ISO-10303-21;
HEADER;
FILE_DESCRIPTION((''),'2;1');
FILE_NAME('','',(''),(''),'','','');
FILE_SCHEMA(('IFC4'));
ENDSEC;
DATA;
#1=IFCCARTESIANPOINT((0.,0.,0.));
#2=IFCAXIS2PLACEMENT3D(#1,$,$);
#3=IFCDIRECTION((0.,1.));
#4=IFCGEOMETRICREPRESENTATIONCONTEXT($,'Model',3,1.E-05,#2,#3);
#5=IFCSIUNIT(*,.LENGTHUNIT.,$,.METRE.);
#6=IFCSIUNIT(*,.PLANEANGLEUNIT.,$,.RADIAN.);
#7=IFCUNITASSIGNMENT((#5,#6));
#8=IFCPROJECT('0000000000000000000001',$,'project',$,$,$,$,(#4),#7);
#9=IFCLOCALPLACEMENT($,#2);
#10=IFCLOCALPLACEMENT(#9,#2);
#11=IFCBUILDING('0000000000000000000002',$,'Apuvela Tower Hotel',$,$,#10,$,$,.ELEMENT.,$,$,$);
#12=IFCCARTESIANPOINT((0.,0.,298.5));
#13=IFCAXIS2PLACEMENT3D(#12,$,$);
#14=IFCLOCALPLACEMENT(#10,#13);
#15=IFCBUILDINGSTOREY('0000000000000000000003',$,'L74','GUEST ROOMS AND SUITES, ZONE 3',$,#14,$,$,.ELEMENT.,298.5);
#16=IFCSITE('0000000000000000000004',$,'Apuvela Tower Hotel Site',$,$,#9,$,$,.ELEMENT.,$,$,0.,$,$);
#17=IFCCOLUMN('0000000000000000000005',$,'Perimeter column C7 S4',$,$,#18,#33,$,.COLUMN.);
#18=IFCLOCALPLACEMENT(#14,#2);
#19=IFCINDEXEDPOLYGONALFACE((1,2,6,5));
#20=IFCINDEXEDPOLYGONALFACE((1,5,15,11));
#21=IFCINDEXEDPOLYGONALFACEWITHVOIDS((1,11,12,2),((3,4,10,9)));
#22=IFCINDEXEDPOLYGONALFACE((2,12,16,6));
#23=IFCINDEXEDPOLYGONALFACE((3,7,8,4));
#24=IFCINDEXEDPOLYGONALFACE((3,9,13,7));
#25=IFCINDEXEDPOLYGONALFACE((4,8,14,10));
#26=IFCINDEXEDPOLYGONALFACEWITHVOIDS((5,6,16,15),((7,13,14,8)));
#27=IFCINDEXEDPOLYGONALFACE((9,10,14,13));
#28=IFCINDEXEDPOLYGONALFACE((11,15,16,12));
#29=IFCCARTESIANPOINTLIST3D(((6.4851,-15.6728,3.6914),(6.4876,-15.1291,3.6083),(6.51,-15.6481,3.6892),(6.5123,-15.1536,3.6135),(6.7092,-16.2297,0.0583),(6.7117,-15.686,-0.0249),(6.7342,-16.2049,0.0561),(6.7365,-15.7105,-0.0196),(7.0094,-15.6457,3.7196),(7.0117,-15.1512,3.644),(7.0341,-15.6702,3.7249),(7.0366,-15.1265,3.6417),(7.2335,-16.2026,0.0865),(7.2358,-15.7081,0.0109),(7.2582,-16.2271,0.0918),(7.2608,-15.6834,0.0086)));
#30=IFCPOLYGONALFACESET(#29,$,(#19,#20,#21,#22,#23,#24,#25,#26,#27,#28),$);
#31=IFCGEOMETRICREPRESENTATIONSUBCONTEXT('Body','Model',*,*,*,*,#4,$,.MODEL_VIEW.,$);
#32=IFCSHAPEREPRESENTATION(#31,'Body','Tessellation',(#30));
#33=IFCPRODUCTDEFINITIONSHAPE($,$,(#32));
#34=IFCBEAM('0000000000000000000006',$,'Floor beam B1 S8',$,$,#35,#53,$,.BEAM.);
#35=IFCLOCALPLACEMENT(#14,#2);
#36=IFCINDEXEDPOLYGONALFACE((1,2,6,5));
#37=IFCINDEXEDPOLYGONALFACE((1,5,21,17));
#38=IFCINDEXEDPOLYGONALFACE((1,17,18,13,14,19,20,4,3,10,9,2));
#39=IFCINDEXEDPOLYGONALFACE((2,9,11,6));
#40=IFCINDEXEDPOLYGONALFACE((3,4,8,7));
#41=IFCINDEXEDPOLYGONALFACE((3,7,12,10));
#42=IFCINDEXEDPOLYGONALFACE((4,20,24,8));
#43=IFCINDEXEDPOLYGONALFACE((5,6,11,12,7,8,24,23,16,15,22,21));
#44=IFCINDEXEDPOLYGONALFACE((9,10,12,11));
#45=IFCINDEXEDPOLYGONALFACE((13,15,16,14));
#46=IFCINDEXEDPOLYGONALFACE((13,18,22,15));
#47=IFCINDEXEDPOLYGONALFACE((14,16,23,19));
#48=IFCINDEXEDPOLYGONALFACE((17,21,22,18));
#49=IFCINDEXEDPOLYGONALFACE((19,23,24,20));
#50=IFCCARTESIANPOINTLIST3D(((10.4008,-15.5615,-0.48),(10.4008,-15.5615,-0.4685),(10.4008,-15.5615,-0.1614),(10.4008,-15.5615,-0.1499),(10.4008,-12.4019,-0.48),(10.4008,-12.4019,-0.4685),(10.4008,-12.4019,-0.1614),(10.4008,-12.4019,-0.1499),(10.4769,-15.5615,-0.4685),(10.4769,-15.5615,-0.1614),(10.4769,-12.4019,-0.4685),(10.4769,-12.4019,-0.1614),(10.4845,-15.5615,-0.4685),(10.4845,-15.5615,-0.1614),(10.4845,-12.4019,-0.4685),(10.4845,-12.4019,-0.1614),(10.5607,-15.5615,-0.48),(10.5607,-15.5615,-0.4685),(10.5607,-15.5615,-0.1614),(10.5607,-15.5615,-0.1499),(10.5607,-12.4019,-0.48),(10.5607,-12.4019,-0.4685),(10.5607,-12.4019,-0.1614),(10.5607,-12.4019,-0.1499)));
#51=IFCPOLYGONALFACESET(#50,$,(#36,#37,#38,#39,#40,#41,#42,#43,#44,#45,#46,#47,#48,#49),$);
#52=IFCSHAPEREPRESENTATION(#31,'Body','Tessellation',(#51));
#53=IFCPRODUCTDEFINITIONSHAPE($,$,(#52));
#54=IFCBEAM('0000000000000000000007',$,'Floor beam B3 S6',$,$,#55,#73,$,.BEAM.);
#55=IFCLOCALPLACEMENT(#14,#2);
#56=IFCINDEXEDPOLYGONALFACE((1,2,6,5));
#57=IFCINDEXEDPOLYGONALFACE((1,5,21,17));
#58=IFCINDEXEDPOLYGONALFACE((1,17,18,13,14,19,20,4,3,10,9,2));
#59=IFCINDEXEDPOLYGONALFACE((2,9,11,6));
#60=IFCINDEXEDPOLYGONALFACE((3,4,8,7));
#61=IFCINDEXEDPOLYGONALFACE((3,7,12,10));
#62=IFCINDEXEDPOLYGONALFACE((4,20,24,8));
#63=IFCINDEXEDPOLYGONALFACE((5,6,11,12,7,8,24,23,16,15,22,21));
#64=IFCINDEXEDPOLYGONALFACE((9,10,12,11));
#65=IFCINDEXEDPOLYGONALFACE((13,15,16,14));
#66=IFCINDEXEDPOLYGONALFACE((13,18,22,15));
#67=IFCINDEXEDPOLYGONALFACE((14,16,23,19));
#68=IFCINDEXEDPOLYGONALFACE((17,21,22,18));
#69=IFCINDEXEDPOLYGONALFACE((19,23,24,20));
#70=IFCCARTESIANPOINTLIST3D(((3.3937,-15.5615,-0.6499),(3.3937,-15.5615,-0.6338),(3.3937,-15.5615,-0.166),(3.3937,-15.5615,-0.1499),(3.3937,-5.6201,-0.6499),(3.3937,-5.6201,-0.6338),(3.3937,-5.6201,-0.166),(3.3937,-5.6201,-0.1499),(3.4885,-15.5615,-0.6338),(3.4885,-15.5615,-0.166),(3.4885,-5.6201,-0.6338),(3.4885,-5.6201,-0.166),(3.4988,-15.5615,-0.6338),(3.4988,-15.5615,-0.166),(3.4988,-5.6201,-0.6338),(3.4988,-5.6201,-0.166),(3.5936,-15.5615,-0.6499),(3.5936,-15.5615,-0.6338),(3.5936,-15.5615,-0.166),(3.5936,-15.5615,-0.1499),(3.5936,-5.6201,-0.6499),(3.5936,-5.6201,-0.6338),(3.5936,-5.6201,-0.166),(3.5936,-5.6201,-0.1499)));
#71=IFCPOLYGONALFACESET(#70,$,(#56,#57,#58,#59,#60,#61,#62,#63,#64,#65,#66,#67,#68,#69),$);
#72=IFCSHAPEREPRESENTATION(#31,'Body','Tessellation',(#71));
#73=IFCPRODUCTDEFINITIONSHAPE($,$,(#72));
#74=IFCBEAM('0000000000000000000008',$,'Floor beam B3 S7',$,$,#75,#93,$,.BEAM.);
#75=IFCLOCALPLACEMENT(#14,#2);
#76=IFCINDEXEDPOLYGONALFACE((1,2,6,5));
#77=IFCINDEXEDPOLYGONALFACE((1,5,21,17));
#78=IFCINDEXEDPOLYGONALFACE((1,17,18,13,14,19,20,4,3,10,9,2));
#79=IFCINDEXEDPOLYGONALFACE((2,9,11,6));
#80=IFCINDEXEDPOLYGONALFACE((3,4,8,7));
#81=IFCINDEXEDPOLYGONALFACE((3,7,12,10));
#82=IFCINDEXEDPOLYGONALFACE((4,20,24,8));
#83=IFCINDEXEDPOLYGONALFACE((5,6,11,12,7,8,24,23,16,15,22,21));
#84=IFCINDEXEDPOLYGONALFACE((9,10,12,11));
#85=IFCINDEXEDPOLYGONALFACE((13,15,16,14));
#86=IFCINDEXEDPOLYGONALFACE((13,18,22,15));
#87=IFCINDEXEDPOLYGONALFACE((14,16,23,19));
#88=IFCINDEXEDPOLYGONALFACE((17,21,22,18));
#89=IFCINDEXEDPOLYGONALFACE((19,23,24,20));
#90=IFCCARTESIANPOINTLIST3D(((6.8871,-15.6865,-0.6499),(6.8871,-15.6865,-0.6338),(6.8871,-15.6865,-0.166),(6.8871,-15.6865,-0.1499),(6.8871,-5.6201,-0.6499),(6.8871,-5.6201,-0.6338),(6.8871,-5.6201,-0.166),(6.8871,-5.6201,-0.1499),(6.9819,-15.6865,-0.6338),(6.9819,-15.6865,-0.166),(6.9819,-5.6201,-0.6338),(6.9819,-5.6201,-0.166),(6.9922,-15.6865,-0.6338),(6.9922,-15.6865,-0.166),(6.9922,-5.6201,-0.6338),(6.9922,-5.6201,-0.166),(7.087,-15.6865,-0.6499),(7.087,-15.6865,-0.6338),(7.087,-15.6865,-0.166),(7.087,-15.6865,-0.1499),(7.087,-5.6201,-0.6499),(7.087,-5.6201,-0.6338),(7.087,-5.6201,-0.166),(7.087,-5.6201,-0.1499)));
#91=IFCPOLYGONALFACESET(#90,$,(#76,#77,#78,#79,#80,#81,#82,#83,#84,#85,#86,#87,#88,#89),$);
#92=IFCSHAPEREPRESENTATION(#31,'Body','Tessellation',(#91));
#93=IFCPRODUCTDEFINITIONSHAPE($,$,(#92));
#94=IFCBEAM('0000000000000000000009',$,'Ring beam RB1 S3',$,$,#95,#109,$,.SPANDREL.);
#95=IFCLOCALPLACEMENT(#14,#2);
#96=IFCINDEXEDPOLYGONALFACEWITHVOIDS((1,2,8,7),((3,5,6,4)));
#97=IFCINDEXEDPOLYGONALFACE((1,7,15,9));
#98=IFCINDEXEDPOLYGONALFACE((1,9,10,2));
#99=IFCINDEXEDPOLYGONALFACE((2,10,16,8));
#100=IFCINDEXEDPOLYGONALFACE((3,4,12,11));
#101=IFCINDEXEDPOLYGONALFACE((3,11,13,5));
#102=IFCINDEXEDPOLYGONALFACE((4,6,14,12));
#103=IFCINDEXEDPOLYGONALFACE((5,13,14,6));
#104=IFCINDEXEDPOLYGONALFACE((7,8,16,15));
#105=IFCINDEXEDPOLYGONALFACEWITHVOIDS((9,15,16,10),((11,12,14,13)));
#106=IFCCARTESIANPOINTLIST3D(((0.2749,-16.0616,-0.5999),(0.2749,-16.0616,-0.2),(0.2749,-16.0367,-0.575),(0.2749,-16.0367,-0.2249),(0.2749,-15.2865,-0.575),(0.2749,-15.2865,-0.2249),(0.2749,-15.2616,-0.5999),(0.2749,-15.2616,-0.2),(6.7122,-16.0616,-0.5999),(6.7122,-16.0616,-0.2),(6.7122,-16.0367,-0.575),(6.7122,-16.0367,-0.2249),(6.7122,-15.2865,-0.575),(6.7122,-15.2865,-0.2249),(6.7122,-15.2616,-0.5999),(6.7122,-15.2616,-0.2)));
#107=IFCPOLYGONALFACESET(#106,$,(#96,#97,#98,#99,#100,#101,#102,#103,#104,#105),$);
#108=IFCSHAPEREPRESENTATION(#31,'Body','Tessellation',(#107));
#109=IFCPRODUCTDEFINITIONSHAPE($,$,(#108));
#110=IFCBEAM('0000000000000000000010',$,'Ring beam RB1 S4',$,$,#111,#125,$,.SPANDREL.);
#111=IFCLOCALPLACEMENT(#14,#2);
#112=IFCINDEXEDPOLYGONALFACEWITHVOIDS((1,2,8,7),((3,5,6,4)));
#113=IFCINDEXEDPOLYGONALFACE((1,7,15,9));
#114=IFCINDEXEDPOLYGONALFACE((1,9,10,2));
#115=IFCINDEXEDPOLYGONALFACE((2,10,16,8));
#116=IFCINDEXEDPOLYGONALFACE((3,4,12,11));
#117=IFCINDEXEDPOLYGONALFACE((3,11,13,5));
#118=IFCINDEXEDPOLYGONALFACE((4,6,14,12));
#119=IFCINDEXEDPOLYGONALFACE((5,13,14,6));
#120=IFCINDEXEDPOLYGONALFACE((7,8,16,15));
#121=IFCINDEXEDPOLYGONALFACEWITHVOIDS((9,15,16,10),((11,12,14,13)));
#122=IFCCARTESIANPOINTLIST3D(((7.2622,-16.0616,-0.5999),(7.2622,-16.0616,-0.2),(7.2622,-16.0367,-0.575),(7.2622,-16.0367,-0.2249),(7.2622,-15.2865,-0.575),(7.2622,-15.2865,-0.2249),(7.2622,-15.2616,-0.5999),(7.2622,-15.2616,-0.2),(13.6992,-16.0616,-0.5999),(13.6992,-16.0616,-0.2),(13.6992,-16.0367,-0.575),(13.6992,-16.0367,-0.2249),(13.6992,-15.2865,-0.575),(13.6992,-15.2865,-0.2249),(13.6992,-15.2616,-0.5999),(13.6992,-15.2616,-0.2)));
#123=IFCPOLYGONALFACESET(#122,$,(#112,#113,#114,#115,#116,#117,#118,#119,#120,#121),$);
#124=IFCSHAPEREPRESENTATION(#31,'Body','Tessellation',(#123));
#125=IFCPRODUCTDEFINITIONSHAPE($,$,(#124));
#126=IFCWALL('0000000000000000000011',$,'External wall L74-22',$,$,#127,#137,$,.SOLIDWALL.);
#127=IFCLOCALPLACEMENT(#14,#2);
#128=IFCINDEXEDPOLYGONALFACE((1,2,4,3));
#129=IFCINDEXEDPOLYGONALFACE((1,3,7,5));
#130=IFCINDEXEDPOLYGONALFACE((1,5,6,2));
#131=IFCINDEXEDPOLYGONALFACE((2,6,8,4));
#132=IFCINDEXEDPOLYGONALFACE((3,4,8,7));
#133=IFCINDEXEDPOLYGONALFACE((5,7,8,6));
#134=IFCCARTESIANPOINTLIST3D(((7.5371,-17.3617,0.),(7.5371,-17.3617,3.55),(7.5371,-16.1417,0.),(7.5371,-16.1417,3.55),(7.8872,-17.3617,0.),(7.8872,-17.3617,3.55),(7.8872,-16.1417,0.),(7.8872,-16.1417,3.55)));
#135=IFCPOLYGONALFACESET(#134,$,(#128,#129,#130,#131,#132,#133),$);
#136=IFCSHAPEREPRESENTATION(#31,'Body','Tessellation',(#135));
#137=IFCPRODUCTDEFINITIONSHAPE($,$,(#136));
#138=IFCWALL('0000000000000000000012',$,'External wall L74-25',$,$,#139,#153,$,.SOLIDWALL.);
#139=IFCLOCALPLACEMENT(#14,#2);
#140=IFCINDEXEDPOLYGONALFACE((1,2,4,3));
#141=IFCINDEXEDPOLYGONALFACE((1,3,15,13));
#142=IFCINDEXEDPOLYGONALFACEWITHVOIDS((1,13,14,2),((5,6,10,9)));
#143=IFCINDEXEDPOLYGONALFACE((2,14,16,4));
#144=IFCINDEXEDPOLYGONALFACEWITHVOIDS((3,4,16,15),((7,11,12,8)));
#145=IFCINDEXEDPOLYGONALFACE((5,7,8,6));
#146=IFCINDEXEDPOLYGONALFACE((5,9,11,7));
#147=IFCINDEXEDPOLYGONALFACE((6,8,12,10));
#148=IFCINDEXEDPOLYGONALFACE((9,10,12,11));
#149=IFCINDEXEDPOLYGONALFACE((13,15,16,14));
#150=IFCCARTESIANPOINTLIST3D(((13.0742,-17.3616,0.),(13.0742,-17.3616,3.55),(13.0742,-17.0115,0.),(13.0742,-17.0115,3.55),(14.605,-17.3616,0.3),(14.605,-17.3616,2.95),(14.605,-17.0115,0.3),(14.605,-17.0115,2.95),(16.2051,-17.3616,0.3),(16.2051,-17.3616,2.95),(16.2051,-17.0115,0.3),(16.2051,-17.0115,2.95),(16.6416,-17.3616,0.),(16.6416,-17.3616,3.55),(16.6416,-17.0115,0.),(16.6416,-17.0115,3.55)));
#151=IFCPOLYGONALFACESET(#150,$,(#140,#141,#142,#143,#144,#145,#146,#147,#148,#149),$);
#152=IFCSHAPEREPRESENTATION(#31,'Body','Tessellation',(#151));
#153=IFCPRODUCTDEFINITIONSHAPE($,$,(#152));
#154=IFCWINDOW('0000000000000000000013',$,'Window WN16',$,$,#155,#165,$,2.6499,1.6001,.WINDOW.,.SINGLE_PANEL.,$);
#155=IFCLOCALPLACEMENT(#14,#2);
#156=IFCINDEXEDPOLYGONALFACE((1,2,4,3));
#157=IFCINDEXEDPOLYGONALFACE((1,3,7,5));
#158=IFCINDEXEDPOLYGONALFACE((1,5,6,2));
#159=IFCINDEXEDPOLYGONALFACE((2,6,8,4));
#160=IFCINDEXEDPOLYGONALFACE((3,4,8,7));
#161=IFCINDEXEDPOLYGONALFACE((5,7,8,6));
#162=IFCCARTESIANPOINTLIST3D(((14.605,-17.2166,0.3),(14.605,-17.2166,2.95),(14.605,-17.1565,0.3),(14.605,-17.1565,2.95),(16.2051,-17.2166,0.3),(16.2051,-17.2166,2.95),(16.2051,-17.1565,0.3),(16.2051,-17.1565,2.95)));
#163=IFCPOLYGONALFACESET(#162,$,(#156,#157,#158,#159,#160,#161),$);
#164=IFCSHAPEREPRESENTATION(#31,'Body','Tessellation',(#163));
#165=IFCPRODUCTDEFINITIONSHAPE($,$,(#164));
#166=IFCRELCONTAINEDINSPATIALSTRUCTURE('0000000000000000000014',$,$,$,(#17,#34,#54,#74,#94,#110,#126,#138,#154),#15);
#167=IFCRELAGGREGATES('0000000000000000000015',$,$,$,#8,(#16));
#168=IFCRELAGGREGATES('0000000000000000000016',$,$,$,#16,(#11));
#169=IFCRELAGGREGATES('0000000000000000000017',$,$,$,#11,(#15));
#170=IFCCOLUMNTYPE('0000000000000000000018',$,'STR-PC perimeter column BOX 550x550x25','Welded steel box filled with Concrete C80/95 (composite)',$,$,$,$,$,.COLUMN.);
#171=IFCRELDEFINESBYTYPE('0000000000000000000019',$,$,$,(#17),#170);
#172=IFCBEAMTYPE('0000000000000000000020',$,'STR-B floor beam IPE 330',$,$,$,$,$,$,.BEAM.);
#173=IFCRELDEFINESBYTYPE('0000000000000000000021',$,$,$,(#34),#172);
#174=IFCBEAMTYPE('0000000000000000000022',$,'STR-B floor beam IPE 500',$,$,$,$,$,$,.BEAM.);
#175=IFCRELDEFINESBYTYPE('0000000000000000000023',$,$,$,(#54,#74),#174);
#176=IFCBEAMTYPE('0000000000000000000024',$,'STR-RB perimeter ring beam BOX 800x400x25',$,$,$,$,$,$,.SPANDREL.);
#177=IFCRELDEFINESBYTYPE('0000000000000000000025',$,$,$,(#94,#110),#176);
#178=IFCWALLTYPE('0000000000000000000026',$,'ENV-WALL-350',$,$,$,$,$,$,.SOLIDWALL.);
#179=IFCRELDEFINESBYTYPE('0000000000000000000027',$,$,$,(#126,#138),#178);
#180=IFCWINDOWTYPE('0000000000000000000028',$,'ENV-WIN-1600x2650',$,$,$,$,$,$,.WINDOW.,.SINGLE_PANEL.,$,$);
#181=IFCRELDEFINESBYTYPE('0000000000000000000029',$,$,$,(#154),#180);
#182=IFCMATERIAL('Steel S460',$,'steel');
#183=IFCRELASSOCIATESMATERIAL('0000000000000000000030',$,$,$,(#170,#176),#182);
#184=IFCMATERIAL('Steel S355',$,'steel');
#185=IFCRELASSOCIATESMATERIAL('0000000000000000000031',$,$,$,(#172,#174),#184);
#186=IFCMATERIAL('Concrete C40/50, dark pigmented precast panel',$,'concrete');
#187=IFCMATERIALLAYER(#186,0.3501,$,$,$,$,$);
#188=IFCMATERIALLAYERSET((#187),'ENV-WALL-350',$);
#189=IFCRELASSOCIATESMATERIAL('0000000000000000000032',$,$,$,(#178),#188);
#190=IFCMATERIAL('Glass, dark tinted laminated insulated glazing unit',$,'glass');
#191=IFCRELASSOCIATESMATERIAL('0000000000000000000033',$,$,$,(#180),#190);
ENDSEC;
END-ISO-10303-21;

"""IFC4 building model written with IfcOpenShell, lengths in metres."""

from ifc_helpers import new_model, si_unit, direction, frame, frame_2d, origin, origin_2d, place, context, subcontext, project, spatial, rectangle, hollow_rectangle, i_section, extrude, boolean, halfspace, material, layer, layer_set, material_profile, profile_set, type_object, element, fill, save


model = new_model("IFC4")

# Units and contexts
model_context = context("Model", 3, precision=1e-05, world=origin(), true_north=direction((0.0, 1.0)))
body_context = subcontext(model_context, "Body", "Model", "MODEL_VIEW")
ifc_project = project(units=[si_unit("LENGTHUNIT", "METRE"), si_unit("PLANEANGLEUNIT", "RADIAN")], contexts=[model_context])

# Site, building, storey
site_placement = place(None, origin())
site = spatial("IfcSite", under=ifc_project, at=site_placement, Name="Apuvela Tower Hotel Site", CompositionType="ELEMENT", RefElevation=0.0)
building_placement = place(site_placement, origin())
building = spatial("IfcBuilding", under=site, at=building_placement, Name="Apuvela Tower Hotel", CompositionType="ELEMENT")
storey_placement = place(building_placement, frame((0.0, 0.0, 298.5)))
storey = spatial("IfcBuildingStorey", under=building, at=storey_placement, Name="L74", Description="GUEST ROOMS AND SUITES, ZONE 3", CompositionType="ELEMENT", Elevation=298.5)

# Column
ifc_material_1 = material(Name="Steel S460", Category="steel")
ifc_material_profile_1 = material_profile(ifc_material_1, hollow_rectangle(XDim=0.55, YDim=0.55, WallThickness=0.0249, at=origin_2d()), Name="BOX 550x550x25")
ifc_material_2 = material(Name="Concrete C80/95", Category="concrete")
ifc_material_profile_2 = material_profile(ifc_material_2, rectangle(XDim=0.5, YDim=0.5, at=origin_2d()), Name="Concrete C80/95 infill")
ifc_profile_set_1 = profile_set([ifc_material_profile_1, ifc_material_profile_2], Name="Steel S460")
column_type = type_object("IfcColumnType", Name="STR-PC perimeter column BOX 550x550x25", Description="Welded steel box filled with Concrete C80/95 (composite)", PredefinedType="COLUMN", material=ifc_profile_set_1)
column_placement = place(storey_placement, frame((6.9871, -15.9617, 0.0), z_axis=(-0.06087, 0.151232, 0.986622), x_axis=(0.998135, 0.004662, 0.060866)))
element("IfcColumn", 1, at=column_placement, inside=storey, type_object=column_type, Name="Perimeter column C7 S4", PredefinedType="COLUMN", context=body_context, shape_type="SweptSolid", body=[
    boolean("DIFFERENCE", boolean("DIFFERENCE", extrude(hollow_rectangle(XDim=0.55, YDim=0.55, WallThickness=0.0249, at=origin_2d()), origin(), (0.0, 0.0, 1.0), 3.75), halfspace(frame((0.0, 0.0, 0.0339), z_axis=(0.0, 0.0, 1.0), x_axis=(1.0, 0.0, 0.0)), True)), halfspace(frame((0.0, 0.0, 3.7163), z_axis=(0.0, 0.0, 1.0), x_axis=(1.0, 0.0, 0.0)), False)),
])

# Beams
ifc_material_3 = material(Name="Steel S355", Category="steel")
ifc_material_profile_3 = material_profile(ifc_material_3, i_section(OverallWidth=0.1599, OverallDepth=0.3301, WebThickness=0.0076, FlangeThickness=0.0115, at=origin_2d()), Name="IPE 330")
ifc_profile_set_2 = profile_set([ifc_material_profile_3], Name="Steel S355")
beam_type_1 = type_object("IfcBeamType", Name="STR-B floor beam IPE 330", PredefinedType="BEAM", material=ifc_profile_set_2)
beam_1_placement = place(storey_placement, frame((10.4807, -15.5615, -0.3149), z_axis=(0.0, 1.0, 0.0), x_axis=(-1.0, 0.0, 0.0)))
element("IfcBeam", 2, at=beam_1_placement, inside=storey, type_object=beam_type_1, Name="Floor beam B1 S8", PredefinedType="BEAM", context=body_context, shape_type="SweptSolid", body=[
    extrude(i_section(OverallWidth=0.1599, OverallDepth=0.3301, WebThickness=0.0076, FlangeThickness=0.0115, at=origin_2d()), origin(), (0.0, 0.0, 1.0), 3.1597),
])
ifc_material_profile_4 = material_profile(ifc_material_3, i_section(OverallWidth=0.2, OverallDepth=0.5, WebThickness=0.0103, FlangeThickness=0.0161, at=origin_2d()), Name="IPE 500")
ifc_profile_set_3 = profile_set([ifc_material_profile_4], Name="Steel S355")
beam_type_2 = type_object("IfcBeamType", Name="STR-B floor beam IPE 500", PredefinedType="BEAM", material=ifc_profile_set_3)
beam_2_placement = place(storey_placement, frame((3.4937, -15.5615, -0.3999), z_axis=(0.0, 1.0, 0.0), x_axis=(-1.0, 0.0, 0.0)))
element("IfcBeam", 3, at=beam_2_placement, inside=storey, type_object=beam_type_2, Name="Floor beam B3 S6", PredefinedType="BEAM", context=body_context, shape_type="SweptSolid", body=[
    extrude(i_section(OverallWidth=0.2, OverallDepth=0.5, WebThickness=0.0103, FlangeThickness=0.0161, at=origin_2d()), origin(), (0.0, 0.0, 1.0), 9.9414),
])
beam_3_placement = place(storey_placement, frame((6.9871, -15.6865, -0.3999), z_axis=(0.0, 1.0, 0.0), x_axis=(-1.0, 0.0, 0.0)))
element("IfcBeam", 4, at=beam_3_placement, inside=storey, type_object=beam_type_2, Name="Floor beam B3 S7", PredefinedType="BEAM", context=body_context, shape_type="SweptSolid", body=[
    extrude(i_section(OverallWidth=0.2, OverallDepth=0.5, WebThickness=0.0103, FlangeThickness=0.0161, at=origin_2d()), origin(), (0.0, 0.0, 1.0), 10.0664),
])
ifc_material_profile_5 = material_profile(ifc_material_1, hollow_rectangle(XDim=0.8, YDim=0.3999, WallThickness=0.0249, at=origin_2d()), Name="BOX 800x400x25")
ifc_profile_set_4 = profile_set([ifc_material_profile_5], Name="Steel S460")
beam_type_3 = type_object("IfcBeamType", Name="STR-RB perimeter ring beam BOX 800x400x25", PredefinedType="SPANDREL", material=ifc_profile_set_4)
beam_4_placement = place(storey_placement, frame((0.2749, -15.6616, -0.3999), z_axis=(1.0, 0.0, 0.0), x_axis=(0.0, 1.0, 0.0)))
element("IfcBeam", 5, at=beam_4_placement, inside=storey, type_object=beam_type_3, Name="Ring beam RB1 S3", PredefinedType="SPANDREL", context=body_context, shape_type="SweptSolid", body=[
    extrude(hollow_rectangle(XDim=0.8, YDim=0.3999, WallThickness=0.0249, at=origin_2d()), origin(), (0.0, 0.0, 1.0), 6.4373),
])
beam_5_placement = place(storey_placement, frame((7.2622, -15.6616, -0.3999), z_axis=(1.0, 0.0, 0.0), x_axis=(0.0, 1.0, 0.0)))
element("IfcBeam", 6, at=beam_5_placement, inside=storey, type_object=beam_type_3, Name="Ring beam RB1 S4", PredefinedType="SPANDREL", context=body_context, shape_type="SweptSolid", body=[
    extrude(hollow_rectangle(XDim=0.8, YDim=0.3999, WallThickness=0.0249, at=origin_2d()), origin(), (0.0, 0.0, 1.0), 6.437),
])

# Wall
ifc_material_4 = material(Name="Concrete C40/50, dark pigmented precast panel", Category="concrete")
ifc_layer_1 = layer(ifc_material_4, 0.3501)
ifc_layer_set_1 = layer_set([ifc_layer_1], Name="ENV-WALL-350")
wall_type_1 = type_object("IfcWallType", Name="ENV-WALL-350", PredefinedType="SOLIDWALL", material=ifc_layer_set_1)
wall_1_placement = place(storey_placement, frame((7.7122, -17.3616, 0.0), z_axis=(0.0, 0.0, 1.0), x_axis=(0.0, 1.0, 0.0)))
element("IfcWall", 7, at=wall_1_placement, inside=storey, type_object=wall_type_1, Name="External wall L74-22", PredefinedType="SOLIDWALL", context=body_context, shape_type="SweptSolid", body=[
    extrude(rectangle(XDim=1.22, YDim=0.3501, at=frame_2d((0.6099, 0.0))), origin(), (0.0, 0.0, 1.0), 3.55),
])

# Shared definitions
ifc_material_5 = material(Name="Glass, dark tinted laminated insulated glazing unit", Category="glass")

# Wall, opening, window
wall_2_placement = place(storey_placement, frame((13.0742, -17.1865, 0.0), z_axis=(0.0, 0.0, 1.0), x_axis=(1.0, 0.0, 0.0)))
wall_2 = element("IfcWall", 8, at=wall_2_placement, inside=storey, type_object=wall_type_1, Name="External wall L74-25", PredefinedType="SOLIDWALL", context=body_context, shape_type="SweptSolid", body=[
    extrude(rectangle(XDim=3.5674, YDim=0.3501, at=frame_2d((1.7837, 0.0))), origin(), (0.0, 0.0, 1.0), 3.55),
])
opening_1_placement = place(wall_2_placement, frame((1.5308, 0.0, 0.3)))
opening_1 = element("IfcOpeningElement", 9, at=opening_1_placement, cuts=wall_2, PredefinedType="OPENING", context=body_context, shape_type="SweptSolid", body=[
    extrude(rectangle(XDim=1.6001, YDim=2.6499, at=frame_2d((0.8, 1.325))), frame((0.0, 0.1851, 0.0), z_axis=(0.0, -1.0, 0.0), x_axis=(1.0, 0.0, 0.0)), (0.0, 0.0, 1.0), 0.3701),
])
window_type_1 = type_object("IfcWindowType", Name="ENV-WIN-1600x2650", PartitioningType="SINGLE_PANEL", PredefinedType="WINDOW", material=ifc_material_5)
window_1_placement = place(opening_1_placement, origin())
window_1 = element("IfcWindow", 10, at=window_1_placement, inside=storey, type_object=window_type_1, Name="Window WN16", OverallHeight=2.6499, OverallWidth=1.6001, PartitioningType="SINGLE_PANEL", PredefinedType="WINDOW", context=body_context, shape_type="SweptSolid", body=[
    extrude(rectangle(XDim=1.6001, YDim=2.6499, at=frame_2d((0.8, 1.325))), frame((0.0, 0.03, 0.0), z_axis=(0.0, -1.0, 0.0), x_axis=(1.0, 0.0, 0.0)), (0.0, 0.0, 1.0), 0.0601),
])
fill(opening_1, window_1)

save(model, "model.ifc")
